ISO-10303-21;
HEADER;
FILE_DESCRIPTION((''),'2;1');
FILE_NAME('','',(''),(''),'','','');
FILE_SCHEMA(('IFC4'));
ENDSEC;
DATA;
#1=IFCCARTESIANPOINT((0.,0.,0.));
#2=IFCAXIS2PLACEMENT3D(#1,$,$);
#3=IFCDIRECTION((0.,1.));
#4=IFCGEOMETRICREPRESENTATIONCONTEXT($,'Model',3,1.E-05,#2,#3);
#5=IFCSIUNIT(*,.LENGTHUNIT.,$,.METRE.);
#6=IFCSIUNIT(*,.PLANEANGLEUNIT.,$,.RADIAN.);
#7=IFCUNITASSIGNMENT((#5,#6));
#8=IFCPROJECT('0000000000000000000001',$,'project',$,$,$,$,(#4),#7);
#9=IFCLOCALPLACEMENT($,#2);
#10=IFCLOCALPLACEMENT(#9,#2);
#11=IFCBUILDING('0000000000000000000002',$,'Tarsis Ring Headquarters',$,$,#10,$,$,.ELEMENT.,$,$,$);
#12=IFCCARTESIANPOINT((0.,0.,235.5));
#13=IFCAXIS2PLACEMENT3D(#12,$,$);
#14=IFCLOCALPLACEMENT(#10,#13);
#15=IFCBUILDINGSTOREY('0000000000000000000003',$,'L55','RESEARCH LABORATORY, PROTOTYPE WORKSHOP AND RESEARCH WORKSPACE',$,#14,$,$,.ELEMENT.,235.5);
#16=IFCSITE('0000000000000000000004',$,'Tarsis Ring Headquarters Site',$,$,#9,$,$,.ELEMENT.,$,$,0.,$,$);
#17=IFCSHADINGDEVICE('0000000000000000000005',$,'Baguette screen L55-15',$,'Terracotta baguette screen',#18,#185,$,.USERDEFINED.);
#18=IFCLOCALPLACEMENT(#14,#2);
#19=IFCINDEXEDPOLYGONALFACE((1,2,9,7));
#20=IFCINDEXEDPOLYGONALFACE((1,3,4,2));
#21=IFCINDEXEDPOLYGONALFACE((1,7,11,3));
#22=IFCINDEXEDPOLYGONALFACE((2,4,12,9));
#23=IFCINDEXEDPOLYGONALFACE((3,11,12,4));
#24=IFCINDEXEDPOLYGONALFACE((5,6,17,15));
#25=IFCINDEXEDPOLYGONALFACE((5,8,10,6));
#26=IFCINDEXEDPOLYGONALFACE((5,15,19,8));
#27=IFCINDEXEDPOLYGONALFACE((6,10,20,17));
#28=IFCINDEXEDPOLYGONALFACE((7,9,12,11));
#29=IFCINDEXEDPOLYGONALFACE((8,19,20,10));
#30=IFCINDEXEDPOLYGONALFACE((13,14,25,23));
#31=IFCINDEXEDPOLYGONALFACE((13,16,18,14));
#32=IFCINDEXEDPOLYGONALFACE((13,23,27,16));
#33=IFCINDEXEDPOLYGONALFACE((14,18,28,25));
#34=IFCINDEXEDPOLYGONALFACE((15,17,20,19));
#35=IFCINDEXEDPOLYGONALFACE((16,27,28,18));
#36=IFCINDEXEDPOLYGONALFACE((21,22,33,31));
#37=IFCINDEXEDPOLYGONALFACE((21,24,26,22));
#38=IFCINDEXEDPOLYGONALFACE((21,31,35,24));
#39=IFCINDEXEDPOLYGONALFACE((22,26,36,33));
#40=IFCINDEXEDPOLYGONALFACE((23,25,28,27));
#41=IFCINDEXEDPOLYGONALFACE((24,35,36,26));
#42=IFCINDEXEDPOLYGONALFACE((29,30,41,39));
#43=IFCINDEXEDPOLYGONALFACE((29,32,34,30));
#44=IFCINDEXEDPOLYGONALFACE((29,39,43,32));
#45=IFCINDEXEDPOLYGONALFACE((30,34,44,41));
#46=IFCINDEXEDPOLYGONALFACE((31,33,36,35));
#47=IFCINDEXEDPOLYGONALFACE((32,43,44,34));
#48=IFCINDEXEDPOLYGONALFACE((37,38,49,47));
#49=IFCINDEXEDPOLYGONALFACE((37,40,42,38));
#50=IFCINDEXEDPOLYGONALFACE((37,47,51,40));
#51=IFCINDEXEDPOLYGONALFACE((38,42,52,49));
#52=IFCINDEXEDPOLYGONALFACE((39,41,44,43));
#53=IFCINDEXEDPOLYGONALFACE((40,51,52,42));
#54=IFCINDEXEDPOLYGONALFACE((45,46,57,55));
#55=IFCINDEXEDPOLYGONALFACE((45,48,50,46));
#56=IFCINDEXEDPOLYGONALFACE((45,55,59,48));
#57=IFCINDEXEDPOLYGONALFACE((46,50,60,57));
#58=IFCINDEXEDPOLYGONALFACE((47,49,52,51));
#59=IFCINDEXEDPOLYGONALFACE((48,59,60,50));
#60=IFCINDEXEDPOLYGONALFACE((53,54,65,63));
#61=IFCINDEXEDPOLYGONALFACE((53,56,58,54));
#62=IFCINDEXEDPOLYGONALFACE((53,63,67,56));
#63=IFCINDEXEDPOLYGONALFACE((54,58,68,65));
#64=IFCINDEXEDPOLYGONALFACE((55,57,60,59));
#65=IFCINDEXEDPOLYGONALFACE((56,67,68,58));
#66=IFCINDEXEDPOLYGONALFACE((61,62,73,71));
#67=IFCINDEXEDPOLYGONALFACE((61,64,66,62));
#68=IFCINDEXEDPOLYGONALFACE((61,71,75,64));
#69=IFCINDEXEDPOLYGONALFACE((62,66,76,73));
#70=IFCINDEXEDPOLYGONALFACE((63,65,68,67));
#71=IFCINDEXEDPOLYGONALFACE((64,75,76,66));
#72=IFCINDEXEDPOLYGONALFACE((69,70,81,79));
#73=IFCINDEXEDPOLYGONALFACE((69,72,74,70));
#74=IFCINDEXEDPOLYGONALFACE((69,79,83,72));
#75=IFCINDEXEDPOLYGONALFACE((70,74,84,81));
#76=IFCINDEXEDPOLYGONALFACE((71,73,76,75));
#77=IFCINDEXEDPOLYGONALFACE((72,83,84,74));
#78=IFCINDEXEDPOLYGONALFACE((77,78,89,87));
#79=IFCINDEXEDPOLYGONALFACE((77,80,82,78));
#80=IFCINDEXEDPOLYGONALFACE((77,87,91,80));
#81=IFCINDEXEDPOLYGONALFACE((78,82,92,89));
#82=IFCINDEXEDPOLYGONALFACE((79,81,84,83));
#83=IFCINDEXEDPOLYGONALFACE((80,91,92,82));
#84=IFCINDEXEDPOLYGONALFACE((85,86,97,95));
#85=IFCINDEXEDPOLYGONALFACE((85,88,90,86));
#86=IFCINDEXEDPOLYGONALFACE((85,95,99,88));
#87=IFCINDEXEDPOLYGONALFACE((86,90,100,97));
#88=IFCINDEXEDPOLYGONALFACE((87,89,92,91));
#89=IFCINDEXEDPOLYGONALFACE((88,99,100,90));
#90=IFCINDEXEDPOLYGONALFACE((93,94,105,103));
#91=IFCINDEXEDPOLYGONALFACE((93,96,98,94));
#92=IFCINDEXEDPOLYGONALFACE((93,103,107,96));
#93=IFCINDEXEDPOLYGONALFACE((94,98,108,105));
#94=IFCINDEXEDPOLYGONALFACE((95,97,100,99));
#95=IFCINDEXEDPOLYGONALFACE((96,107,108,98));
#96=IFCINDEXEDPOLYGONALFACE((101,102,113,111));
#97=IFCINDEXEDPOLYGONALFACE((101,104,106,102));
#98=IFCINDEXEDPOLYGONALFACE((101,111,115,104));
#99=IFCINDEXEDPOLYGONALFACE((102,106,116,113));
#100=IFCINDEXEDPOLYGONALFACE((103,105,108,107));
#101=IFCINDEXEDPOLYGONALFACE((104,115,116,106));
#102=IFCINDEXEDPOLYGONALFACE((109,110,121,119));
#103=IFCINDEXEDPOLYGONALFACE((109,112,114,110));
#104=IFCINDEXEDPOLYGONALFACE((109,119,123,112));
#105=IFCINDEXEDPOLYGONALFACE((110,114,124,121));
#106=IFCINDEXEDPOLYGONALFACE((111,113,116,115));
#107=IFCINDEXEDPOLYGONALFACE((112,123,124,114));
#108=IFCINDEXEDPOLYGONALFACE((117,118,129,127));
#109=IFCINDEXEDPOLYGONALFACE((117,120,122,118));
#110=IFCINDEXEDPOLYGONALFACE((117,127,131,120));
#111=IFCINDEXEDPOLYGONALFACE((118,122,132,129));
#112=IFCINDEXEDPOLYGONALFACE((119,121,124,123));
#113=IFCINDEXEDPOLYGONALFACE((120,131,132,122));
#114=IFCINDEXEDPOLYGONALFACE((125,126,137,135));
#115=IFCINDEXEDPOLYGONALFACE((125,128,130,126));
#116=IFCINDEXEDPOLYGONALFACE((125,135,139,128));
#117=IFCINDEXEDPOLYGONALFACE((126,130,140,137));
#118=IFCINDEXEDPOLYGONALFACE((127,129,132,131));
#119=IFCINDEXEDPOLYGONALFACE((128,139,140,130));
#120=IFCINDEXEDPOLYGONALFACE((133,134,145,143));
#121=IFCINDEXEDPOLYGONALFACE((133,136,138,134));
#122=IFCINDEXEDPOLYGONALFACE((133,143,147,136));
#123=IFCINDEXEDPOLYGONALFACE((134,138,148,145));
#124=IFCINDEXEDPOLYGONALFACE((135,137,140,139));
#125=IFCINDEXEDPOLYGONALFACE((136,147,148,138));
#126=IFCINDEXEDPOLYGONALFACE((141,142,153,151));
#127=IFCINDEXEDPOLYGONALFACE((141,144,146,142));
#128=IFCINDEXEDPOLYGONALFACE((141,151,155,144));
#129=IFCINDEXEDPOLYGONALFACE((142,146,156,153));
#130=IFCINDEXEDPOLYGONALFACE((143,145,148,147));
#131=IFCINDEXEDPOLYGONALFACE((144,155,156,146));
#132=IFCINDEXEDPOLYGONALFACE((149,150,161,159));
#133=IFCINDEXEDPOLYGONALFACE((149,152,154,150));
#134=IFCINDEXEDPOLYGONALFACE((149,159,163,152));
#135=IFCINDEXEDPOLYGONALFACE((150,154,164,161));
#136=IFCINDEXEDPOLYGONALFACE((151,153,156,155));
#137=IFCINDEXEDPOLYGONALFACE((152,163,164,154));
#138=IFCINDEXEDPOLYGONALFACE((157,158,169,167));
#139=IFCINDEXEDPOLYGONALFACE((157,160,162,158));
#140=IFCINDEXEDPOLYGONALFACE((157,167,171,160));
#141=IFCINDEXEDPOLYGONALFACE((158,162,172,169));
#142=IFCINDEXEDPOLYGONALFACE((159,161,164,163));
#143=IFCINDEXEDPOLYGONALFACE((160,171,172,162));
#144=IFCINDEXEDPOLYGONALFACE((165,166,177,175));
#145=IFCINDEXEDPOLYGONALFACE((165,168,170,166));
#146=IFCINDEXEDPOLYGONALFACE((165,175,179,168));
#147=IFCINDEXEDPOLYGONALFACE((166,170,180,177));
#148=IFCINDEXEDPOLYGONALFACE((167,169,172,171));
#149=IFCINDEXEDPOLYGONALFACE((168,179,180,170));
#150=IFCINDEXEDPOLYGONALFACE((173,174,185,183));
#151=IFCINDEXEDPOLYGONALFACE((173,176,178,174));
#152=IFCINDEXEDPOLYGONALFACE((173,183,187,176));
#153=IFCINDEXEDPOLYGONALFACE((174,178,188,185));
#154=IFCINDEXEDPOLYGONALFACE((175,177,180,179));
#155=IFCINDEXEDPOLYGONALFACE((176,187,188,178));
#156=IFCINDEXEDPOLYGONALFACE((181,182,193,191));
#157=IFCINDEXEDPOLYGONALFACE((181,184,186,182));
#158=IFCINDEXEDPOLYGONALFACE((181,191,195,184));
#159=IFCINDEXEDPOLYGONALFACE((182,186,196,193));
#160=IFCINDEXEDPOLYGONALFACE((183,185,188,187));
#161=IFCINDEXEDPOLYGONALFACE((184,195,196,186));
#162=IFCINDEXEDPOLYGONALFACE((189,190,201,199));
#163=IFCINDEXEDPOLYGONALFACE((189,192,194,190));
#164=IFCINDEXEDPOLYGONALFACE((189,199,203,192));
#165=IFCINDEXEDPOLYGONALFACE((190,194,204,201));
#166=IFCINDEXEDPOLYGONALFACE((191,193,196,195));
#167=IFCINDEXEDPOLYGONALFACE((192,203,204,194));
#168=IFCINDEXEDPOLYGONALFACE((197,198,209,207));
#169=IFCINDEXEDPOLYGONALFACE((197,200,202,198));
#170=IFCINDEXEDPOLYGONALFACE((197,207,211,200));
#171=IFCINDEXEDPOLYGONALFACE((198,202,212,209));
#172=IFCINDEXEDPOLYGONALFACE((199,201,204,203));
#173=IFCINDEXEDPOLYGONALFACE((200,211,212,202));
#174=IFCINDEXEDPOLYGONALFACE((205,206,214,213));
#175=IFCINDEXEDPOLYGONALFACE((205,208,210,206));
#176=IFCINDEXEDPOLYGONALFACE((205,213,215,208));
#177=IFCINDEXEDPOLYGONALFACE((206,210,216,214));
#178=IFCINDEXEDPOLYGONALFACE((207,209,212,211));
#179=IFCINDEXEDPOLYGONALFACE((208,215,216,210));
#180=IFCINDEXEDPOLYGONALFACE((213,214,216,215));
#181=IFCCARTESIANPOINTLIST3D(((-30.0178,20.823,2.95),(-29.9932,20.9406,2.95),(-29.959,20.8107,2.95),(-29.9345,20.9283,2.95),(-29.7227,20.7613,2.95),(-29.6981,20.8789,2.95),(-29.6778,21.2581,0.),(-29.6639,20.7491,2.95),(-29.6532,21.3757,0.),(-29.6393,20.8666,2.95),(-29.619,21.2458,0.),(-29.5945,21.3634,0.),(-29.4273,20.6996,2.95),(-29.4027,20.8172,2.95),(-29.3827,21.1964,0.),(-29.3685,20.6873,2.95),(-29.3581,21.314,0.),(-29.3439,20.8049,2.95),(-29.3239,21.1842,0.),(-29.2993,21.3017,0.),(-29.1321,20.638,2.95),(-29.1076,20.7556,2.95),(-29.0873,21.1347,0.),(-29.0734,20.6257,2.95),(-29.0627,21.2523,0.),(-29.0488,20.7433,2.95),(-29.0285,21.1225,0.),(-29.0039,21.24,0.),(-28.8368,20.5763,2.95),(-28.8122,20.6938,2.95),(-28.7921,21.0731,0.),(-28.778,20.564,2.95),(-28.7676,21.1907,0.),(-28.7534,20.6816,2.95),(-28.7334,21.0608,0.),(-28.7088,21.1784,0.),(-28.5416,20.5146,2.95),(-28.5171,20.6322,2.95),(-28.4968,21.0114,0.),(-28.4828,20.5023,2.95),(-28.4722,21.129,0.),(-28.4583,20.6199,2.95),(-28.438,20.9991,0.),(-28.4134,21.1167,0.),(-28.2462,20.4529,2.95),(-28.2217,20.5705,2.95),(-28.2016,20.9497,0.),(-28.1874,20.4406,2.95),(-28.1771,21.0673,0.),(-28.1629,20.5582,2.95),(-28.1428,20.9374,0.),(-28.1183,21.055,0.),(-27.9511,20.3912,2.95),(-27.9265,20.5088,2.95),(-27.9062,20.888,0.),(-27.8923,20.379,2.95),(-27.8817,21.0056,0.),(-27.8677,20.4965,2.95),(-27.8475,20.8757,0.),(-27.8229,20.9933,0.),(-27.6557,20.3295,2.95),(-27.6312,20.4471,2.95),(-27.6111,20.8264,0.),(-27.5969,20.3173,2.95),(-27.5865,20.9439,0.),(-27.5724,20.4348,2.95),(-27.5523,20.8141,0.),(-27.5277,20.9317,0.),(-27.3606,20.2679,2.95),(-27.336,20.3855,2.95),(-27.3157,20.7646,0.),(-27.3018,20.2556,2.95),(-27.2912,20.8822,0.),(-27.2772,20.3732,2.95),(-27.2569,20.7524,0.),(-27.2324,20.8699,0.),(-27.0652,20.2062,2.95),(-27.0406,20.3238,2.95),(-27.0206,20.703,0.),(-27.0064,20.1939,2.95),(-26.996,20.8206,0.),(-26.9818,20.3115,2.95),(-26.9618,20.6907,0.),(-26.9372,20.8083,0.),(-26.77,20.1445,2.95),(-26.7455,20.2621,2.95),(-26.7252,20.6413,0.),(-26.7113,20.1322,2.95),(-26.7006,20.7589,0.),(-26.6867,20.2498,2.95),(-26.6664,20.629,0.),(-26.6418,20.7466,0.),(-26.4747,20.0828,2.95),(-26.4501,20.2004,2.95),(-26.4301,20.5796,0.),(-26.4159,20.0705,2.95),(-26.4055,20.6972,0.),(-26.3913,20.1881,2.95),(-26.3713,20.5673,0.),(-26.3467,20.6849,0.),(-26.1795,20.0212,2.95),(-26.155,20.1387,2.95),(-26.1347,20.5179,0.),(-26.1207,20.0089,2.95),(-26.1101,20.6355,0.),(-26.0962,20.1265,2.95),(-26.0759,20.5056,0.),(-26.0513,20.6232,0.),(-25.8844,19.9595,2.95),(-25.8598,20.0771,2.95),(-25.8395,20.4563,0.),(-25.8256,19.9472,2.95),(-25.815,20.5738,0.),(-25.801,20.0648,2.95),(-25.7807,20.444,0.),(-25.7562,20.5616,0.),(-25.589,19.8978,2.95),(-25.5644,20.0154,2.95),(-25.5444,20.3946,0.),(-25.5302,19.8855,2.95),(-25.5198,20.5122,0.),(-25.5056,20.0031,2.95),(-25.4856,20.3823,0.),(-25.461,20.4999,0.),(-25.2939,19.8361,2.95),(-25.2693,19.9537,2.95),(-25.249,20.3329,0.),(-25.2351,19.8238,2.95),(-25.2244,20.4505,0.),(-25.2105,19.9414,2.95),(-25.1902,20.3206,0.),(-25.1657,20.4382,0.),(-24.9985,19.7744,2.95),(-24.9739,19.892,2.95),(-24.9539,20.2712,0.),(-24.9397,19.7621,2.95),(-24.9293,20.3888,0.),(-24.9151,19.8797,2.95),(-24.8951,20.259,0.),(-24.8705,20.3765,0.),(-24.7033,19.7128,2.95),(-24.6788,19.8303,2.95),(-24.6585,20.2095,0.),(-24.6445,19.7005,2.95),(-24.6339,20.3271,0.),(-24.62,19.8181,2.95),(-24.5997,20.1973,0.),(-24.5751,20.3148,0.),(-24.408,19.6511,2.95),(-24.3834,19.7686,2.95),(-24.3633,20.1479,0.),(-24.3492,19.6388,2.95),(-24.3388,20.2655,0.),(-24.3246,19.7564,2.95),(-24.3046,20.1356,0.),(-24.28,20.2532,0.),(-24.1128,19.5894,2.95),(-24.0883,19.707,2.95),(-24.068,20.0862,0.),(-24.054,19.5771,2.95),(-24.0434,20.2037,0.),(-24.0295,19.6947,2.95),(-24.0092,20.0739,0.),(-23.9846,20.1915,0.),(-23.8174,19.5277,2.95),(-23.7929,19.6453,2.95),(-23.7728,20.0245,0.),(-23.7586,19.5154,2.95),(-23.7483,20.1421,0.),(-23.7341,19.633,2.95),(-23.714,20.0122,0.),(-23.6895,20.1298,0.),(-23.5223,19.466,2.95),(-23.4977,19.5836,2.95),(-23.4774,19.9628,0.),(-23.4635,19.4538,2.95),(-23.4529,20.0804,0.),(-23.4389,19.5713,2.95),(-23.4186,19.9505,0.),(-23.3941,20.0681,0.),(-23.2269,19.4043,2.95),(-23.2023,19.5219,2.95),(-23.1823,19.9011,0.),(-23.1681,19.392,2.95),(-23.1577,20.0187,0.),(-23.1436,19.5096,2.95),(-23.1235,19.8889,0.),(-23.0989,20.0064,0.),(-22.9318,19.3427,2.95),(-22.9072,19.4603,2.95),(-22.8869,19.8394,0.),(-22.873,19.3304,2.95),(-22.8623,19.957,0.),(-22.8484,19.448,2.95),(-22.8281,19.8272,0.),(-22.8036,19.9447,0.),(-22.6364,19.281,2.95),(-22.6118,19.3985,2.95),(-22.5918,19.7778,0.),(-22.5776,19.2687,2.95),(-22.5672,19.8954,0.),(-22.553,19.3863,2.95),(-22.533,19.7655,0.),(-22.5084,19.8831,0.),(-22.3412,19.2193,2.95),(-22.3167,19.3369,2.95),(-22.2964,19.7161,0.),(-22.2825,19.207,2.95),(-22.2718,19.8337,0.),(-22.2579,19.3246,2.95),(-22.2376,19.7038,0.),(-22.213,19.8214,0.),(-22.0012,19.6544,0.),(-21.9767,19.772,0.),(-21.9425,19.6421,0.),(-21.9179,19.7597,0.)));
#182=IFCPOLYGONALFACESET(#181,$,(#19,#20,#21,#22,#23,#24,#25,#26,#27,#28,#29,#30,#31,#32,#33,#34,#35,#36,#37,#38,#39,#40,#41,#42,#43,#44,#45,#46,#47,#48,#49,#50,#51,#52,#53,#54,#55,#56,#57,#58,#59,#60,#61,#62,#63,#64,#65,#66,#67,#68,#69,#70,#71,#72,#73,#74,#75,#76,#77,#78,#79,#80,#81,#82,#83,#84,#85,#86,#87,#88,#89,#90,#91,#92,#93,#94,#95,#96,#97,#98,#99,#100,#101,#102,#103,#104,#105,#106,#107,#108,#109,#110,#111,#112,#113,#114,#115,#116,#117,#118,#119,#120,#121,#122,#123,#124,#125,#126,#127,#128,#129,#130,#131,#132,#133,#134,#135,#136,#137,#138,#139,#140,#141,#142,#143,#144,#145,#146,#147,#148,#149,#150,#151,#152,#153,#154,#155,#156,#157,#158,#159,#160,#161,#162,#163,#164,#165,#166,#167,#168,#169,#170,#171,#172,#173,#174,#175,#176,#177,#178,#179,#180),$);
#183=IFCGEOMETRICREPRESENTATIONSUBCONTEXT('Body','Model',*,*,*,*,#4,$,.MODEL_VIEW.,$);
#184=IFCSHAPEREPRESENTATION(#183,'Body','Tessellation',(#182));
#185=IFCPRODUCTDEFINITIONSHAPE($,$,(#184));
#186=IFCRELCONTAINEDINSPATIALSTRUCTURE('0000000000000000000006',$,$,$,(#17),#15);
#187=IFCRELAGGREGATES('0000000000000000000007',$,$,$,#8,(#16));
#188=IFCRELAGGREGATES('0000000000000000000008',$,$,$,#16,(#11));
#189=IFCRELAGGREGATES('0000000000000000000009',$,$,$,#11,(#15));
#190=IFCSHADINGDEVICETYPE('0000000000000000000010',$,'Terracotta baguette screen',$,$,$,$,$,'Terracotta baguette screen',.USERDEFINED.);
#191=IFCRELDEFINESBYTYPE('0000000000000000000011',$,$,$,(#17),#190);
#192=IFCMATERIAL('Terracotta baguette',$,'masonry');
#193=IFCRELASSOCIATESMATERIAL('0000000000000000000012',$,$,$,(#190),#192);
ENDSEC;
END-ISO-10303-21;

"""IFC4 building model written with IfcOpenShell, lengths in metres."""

from ifc_helpers import new_model, si_unit, direction, frame, frame_2d, origin, place, context, subcontext, project, spatial, rectangle, composite_profile, extrude, material, type_object, element, save


model = new_model("IFC4")

# Units and contexts
model_context = context("Model", 3, precision=1e-05, world=origin(), true_north=direction((0.0, 1.0)))
body_context = subcontext(model_context, "Body", "Model", "MODEL_VIEW")
ifc_project = project(units=[si_unit("LENGTHUNIT", "METRE"), si_unit("PLANEANGLEUNIT", "RADIAN")], contexts=[model_context])

# Site, building, storey
site_placement = place(None, origin())
site = spatial("IfcSite", under=ifc_project, at=site_placement, Name="Tarsis Ring Headquarters Site", CompositionType="ELEMENT", RefElevation=0.0)
building_placement = place(site_placement, origin())
building = spatial("IfcBuilding", under=site, at=building_placement, Name="Tarsis Ring Headquarters", CompositionType="ELEMENT")
storey_placement = place(building_placement, frame((0.0, 0.0, 235.5)))
storey = spatial("IfcBuildingStorey", under=building, at=storey_placement, Name="L55", Description="RESEARCH LABORATORY, PROTOTYPE WORKSHOP AND RESEARCH WORKSPACE", CompositionType="ELEMENT", Elevation=235.5)

# Shading device
ifc_material_1 = material(Name="Terracotta baguette", Category="masonry")
shading_device_type = type_object("IfcShadingDeviceType", Name="Terracotta baguette screen", ElementType="Terracotta baguette screen", PredefinedType="USERDEFINED", material=ifc_material_1)
shading_device_placement = place(storey_placement, frame((-21.9302, 19.7009, 0.0), z_axis=(0.0, 0.0, 1.0), x_axis=(-0.978868, 0.204492, 0.0)))
element("IfcShadingDevice", 1, at=shading_device_placement, inside=storey, type_object=shading_device_type, Name="Baguette screen L55-15", ObjectType="Terracotta baguette screen", PredefinedType="USERDEFINED", context=body_context, shape_type="SweptSolid", body=[
    extrude(composite_profile([rectangle(XDim=0.0601, YDim=0.1201, at=frame_2d((0.03, 0.0))), rectangle(XDim=0.0601, YDim=0.1201, at=frame_2d((0.3315, 0.0))), rectangle(XDim=0.0601, YDim=0.1201, at=frame_2d((0.6333, 0.0))), rectangle(XDim=0.0601, YDim=0.1201, at=frame_2d((0.9348, 0.0))), rectangle(XDim=0.0601, YDim=0.1201, at=frame_2d((1.2366, 0.0))), rectangle(XDim=0.0601, YDim=0.1201, at=frame_2d((1.5381, 0.0))), rectangle(XDim=0.0601, YDim=0.1201, at=frame_2d((1.8398, 0.0))), rectangle(XDim=0.0601, YDim=0.1201, at=frame_2d((2.1414, 0.0))), rectangle(XDim=0.0601, YDim=0.1201, at=frame_2d((2.4431, 0.0))), rectangle(XDim=0.0601, YDim=0.1201, at=frame_2d((2.7446, 0.0))), rectangle(XDim=0.0601, YDim=0.1201, at=frame_2d((3.0464, 0.0))), rectangle(XDim=0.0601, YDim=0.1201, at=frame_2d((3.3479, 0.0))), rectangle(XDim=0.0601, YDim=0.1201, at=frame_2d((3.6497, 0.0))), rectangle(XDim=0.0601, YDim=0.1201, at=frame_2d((3.9512, 0.0))), rectangle(XDim=0.0601, YDim=0.1201, at=frame_2d((4.2527, 0.0))), rectangle(XDim=0.0601, YDim=0.1201, at=frame_2d((4.5544, 0.0))), rectangle(XDim=0.0601, YDim=0.1201, at=frame_2d((4.856, 0.0))), rectangle(XDim=0.0601, YDim=0.1201, at=frame_2d((5.1577, 0.0))), rectangle(XDim=0.0601, YDim=0.1201, at=frame_2d((5.4592, 0.0))), rectangle(XDim=0.0601, YDim=0.1201, at=frame_2d((5.761, 0.0))), rectangle(XDim=0.0601, YDim=0.1201, at=frame_2d((6.0625, 0.0))), rectangle(XDim=0.0601, YDim=0.1201, at=frame_2d((6.3643, 0.0))), rectangle(XDim=0.0601, YDim=0.1201, at=frame_2d((6.6658, 0.0))), rectangle(XDim=0.0601, YDim=0.1201, at=frame_2d((6.9675, 0.0))), rectangle(XDim=0.0601, YDim=0.1201, at=frame_2d((7.269, 0.0))), rectangle(XDim=0.0601, YDim=0.1201, at=frame_2d((7.5708, 0.0))), rectangle(XDim=0.0601, YDim=0.1201, at=frame_2d((7.8723, 0.0)))]), origin(), (0.081245, 0.16508, 0.982928), 3.0012),
])

save(model, "model.ifc")
